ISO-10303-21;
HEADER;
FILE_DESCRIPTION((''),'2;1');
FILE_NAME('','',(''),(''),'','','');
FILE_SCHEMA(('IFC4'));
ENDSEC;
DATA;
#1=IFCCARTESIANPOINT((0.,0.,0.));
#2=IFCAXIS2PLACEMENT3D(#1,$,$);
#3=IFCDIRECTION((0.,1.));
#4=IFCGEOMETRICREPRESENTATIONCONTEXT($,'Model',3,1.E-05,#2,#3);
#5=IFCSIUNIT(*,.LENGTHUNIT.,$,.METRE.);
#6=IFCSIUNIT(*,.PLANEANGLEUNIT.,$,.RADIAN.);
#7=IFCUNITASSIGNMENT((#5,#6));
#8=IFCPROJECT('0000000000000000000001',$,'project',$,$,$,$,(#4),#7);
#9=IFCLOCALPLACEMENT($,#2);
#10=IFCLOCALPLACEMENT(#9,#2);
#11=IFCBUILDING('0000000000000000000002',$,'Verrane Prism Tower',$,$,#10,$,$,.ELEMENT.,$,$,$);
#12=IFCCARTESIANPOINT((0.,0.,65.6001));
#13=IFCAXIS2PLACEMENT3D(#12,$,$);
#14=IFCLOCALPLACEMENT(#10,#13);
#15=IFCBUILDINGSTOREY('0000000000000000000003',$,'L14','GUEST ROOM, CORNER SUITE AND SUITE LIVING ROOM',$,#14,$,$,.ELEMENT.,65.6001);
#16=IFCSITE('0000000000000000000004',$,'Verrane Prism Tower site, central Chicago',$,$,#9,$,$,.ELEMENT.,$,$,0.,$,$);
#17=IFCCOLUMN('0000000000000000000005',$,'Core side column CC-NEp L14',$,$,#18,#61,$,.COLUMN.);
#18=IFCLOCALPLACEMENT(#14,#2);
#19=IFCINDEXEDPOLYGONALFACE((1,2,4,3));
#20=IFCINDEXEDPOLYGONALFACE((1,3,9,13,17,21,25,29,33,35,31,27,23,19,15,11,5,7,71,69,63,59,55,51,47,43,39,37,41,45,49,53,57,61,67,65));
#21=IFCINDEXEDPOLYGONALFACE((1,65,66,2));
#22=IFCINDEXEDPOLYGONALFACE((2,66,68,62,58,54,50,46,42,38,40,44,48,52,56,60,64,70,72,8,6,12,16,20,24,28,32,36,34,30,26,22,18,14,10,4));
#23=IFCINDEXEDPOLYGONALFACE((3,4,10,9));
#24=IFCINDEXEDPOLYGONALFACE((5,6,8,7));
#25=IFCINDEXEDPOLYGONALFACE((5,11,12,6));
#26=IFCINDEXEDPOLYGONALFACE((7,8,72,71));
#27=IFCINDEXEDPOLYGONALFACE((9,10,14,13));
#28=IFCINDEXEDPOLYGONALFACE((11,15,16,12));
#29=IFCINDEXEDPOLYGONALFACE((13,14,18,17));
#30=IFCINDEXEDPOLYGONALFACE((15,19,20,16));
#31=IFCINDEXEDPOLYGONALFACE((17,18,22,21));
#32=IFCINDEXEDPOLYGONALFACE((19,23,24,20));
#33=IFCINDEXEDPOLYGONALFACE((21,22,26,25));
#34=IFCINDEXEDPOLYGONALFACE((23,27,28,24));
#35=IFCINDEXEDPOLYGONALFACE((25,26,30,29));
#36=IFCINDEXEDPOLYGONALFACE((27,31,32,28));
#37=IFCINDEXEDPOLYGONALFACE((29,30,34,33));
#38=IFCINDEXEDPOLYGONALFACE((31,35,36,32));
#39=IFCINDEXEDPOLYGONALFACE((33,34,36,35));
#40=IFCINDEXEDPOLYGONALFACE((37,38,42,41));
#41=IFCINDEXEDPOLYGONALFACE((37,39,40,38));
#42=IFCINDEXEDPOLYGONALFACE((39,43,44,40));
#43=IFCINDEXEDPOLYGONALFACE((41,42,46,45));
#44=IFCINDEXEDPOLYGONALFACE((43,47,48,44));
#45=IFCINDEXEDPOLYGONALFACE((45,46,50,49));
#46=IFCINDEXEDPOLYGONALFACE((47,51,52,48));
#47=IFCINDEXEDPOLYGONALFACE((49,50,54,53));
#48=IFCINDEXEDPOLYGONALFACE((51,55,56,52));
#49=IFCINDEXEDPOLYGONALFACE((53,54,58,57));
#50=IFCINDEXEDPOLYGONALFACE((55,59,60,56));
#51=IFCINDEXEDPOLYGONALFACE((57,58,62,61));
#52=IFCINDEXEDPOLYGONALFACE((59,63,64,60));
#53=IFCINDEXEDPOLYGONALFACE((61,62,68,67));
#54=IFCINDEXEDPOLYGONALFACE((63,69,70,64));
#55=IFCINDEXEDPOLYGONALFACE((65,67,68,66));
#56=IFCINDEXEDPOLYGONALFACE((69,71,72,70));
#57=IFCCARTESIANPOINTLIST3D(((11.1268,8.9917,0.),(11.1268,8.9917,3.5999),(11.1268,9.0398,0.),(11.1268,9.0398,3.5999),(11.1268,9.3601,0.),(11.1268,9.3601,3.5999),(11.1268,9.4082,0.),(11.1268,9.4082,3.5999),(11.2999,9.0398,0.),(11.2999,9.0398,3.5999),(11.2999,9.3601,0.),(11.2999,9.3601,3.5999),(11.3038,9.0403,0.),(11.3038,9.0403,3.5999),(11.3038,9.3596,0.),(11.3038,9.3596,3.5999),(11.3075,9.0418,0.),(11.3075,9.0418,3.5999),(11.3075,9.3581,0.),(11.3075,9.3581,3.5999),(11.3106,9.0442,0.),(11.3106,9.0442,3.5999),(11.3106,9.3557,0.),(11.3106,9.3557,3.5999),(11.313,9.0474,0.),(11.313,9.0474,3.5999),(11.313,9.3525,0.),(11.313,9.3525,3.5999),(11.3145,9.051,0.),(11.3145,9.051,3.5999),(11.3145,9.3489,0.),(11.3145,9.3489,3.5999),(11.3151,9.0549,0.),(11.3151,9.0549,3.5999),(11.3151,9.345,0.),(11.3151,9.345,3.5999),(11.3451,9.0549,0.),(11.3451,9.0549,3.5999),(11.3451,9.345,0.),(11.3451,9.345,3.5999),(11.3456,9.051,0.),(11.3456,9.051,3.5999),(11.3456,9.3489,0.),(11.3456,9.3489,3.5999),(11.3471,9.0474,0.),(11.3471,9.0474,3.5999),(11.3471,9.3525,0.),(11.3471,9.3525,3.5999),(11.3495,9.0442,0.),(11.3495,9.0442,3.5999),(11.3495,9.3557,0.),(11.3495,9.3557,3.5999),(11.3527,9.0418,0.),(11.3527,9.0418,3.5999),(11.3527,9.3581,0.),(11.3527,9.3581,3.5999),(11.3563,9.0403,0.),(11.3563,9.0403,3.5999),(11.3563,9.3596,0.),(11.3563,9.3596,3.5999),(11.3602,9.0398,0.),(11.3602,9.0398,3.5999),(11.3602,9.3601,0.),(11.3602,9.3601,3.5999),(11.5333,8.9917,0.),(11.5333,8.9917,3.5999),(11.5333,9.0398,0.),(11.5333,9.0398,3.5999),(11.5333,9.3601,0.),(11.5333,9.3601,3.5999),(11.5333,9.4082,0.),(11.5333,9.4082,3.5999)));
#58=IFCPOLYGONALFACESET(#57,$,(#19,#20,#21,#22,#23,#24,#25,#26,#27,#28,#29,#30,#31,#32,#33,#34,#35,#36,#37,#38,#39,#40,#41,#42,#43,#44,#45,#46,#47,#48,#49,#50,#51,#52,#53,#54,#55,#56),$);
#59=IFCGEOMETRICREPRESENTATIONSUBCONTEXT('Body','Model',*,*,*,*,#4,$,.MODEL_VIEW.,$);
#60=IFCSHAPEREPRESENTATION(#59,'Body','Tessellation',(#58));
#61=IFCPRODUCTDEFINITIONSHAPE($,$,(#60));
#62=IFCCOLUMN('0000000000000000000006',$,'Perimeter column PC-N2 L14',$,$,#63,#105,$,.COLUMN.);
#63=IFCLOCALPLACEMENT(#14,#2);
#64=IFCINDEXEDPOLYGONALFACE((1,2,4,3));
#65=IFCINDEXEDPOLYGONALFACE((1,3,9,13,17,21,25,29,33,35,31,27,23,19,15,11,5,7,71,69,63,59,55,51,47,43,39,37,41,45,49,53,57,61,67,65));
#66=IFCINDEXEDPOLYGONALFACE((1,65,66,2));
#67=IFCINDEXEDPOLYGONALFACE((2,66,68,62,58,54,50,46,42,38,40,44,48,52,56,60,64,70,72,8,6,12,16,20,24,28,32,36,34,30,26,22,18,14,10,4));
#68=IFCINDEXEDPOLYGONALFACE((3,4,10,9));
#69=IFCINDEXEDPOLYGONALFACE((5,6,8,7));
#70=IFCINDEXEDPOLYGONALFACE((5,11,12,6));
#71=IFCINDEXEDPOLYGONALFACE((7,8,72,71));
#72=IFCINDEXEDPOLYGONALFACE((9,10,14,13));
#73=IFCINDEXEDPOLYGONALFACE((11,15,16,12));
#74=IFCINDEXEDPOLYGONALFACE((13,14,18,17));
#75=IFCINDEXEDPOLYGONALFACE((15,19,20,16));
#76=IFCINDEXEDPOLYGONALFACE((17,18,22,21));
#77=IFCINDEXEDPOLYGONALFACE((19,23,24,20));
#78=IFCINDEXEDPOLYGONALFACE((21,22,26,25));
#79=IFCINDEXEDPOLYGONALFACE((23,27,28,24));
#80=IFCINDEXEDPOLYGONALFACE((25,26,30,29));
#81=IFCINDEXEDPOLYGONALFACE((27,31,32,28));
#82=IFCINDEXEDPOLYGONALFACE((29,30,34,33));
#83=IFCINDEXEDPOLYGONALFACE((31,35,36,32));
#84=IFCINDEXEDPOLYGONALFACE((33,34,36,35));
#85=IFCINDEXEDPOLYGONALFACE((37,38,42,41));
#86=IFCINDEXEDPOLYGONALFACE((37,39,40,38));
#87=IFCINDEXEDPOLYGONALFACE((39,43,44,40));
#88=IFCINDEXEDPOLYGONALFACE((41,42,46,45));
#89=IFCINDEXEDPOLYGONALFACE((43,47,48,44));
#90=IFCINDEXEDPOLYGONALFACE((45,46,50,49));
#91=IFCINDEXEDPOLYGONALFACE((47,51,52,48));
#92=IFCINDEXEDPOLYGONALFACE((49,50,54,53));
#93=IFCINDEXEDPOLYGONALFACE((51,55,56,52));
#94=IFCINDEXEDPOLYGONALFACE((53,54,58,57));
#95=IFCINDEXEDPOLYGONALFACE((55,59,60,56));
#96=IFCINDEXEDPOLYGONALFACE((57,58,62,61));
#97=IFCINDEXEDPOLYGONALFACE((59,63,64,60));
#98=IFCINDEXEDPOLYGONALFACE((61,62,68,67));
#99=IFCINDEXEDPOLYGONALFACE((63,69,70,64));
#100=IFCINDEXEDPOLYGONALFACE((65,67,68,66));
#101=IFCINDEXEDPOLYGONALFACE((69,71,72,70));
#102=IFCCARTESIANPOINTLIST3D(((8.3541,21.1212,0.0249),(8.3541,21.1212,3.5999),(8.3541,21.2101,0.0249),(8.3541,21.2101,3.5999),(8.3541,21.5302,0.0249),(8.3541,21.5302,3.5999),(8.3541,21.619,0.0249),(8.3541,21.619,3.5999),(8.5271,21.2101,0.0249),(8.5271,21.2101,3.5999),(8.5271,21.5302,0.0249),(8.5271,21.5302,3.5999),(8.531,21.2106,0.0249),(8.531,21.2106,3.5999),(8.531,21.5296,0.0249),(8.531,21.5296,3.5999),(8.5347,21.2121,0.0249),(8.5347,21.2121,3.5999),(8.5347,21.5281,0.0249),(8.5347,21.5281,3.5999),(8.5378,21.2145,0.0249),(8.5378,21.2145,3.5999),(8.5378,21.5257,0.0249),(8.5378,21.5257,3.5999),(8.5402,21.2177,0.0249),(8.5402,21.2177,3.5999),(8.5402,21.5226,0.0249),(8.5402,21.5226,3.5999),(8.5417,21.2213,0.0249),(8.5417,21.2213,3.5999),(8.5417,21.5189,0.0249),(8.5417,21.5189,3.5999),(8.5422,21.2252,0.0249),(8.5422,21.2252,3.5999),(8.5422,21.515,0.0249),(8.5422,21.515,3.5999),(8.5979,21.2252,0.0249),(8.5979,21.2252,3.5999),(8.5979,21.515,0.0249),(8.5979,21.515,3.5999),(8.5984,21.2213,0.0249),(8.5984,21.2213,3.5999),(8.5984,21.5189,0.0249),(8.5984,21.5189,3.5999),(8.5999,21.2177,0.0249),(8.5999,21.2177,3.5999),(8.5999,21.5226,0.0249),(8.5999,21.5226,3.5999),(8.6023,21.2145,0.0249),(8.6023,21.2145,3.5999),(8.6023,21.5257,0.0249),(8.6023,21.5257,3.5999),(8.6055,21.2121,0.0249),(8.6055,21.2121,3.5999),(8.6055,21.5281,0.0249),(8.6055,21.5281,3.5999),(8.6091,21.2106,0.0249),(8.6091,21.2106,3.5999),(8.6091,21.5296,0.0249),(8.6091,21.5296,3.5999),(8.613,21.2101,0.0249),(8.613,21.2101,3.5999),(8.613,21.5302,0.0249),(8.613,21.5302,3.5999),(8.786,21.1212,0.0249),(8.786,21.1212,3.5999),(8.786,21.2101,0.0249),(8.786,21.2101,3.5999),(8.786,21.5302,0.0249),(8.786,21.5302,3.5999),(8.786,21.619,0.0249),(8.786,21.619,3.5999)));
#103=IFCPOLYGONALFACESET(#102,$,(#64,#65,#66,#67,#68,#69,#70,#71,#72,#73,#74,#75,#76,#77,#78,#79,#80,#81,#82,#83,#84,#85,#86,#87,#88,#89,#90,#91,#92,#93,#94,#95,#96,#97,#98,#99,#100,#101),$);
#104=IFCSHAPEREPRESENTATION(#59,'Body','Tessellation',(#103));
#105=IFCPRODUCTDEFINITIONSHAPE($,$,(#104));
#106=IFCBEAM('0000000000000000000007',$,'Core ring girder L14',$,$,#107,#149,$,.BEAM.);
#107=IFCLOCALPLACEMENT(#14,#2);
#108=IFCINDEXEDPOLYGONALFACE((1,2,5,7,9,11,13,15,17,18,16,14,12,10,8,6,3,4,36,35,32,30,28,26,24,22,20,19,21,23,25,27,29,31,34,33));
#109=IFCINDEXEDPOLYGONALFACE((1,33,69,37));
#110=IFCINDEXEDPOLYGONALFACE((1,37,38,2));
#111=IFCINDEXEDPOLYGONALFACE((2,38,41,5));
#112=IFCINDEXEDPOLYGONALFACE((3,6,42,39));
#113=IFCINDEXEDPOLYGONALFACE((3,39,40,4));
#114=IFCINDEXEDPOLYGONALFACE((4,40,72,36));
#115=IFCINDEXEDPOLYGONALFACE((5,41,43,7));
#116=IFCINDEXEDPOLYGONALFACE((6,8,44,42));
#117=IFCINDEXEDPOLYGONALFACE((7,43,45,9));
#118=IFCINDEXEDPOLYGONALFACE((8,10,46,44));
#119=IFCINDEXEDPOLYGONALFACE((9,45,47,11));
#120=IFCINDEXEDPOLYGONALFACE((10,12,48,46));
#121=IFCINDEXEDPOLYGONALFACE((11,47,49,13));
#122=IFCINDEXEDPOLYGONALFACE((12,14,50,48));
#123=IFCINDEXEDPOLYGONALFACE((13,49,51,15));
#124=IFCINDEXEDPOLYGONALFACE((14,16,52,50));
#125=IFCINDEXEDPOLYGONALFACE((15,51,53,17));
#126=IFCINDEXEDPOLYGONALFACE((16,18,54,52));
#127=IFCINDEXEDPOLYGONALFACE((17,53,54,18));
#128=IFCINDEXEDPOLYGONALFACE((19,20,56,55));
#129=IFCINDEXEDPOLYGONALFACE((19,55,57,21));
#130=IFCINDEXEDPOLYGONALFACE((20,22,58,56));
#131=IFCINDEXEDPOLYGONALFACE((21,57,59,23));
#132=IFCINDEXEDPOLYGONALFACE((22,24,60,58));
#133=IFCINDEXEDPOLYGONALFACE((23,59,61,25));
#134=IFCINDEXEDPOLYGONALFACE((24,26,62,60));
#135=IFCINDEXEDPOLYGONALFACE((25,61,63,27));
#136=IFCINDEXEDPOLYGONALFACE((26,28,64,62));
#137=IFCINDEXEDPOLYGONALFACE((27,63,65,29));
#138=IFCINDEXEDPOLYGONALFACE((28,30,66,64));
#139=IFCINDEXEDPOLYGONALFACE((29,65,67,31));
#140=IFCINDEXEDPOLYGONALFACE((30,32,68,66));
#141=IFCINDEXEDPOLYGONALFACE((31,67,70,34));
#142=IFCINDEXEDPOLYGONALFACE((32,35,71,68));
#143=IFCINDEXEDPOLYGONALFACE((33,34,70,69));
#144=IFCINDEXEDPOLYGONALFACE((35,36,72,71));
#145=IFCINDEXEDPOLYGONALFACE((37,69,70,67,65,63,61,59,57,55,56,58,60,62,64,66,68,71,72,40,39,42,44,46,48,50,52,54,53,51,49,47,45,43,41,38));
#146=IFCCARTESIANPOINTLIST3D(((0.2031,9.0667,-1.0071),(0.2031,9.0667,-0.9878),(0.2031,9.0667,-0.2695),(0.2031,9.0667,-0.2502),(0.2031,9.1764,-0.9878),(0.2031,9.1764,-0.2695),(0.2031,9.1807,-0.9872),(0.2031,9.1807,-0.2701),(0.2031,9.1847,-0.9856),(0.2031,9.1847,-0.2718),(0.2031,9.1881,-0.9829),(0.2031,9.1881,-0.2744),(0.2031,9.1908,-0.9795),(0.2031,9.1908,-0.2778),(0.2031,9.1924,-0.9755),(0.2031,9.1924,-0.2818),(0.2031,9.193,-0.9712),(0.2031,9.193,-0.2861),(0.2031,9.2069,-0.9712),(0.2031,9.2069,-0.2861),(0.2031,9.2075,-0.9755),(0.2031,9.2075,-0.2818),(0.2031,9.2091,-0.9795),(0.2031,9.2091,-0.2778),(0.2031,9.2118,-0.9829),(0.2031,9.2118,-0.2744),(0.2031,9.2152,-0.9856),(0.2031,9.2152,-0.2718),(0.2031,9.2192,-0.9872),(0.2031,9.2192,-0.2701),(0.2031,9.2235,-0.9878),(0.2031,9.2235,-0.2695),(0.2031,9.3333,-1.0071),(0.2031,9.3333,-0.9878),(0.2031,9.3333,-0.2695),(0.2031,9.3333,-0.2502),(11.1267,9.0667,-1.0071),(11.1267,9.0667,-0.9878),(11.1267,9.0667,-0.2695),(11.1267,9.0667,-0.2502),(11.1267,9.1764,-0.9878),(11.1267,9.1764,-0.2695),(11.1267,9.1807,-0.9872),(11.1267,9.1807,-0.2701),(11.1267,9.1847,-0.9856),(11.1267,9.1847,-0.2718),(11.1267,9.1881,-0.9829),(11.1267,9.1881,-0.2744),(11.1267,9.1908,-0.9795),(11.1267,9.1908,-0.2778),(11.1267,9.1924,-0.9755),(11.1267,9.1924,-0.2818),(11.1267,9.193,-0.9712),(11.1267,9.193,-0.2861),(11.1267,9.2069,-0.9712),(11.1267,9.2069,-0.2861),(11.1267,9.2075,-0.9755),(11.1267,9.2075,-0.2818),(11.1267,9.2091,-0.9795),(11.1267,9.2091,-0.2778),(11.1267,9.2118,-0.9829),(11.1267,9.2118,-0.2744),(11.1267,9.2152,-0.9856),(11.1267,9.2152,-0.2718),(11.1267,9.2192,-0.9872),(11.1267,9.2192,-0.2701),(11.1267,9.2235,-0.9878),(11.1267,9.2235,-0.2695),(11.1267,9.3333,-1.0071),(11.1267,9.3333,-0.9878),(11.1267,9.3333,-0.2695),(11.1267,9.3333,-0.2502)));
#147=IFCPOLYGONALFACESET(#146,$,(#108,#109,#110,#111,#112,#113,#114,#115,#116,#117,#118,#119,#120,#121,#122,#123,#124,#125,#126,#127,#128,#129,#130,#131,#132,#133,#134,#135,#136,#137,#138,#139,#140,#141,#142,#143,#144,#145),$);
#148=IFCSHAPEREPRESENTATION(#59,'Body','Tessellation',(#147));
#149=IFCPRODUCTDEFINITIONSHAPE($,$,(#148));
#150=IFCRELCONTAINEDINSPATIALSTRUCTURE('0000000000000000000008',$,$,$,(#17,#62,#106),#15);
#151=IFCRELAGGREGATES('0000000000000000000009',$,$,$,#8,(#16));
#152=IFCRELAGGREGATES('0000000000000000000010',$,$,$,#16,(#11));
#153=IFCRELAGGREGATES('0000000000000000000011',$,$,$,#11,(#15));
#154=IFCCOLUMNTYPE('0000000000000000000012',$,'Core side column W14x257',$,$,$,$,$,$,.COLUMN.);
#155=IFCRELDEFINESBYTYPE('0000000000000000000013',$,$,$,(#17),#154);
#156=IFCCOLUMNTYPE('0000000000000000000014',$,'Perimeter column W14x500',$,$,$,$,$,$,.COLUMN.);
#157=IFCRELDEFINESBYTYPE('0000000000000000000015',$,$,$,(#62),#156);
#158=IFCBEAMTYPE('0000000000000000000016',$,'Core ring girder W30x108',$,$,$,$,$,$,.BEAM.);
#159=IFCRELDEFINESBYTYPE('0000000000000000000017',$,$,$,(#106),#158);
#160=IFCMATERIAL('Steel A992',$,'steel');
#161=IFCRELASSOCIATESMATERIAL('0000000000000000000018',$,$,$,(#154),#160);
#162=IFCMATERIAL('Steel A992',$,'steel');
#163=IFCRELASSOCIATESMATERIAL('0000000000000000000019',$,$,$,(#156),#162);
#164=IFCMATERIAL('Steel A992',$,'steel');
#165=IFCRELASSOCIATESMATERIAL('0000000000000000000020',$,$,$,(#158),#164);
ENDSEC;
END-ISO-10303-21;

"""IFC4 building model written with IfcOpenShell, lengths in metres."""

from ifc_helpers import new_model, si_unit, direction, frame, origin, origin_2d, place, context, subcontext, project, spatial, i_section, extrude, material, material_profile, profile_set, type_object, element, save


model = new_model("IFC4")

# Units and contexts
model_context = context("Model", 3, precision=1e-05, world=origin(), true_north=direction((0.0, 1.0)))
body_context = subcontext(model_context, "Body", "Model", "MODEL_VIEW")
ifc_project = project(units=[si_unit("LENGTHUNIT", "METRE"), si_unit("PLANEANGLEUNIT", "RADIAN")], contexts=[model_context])

# Site, building, storey
site_placement = place(None, origin())
site = spatial("IfcSite", under=ifc_project, at=site_placement, Name="Verrane Prism Tower site, central Chicago", CompositionType="ELEMENT", RefElevation=0.0)
building_placement = place(site_placement, origin())
building = spatial("IfcBuilding", under=site, at=building_placement, Name="Verrane Prism Tower", CompositionType="ELEMENT")
storey_placement = place(building_placement, frame((0.0, 0.0, 65.6001)))
storey = spatial("IfcBuildingStorey", under=building, at=storey_placement, Name="L14", Description="GUEST ROOM, CORNER SUITE AND SUITE LIVING ROOM", CompositionType="ELEMENT", Elevation=65.6001)

# Columns
ifc_material_1 = material(Name="Steel A992", Category="steel")
ifc_material_profile_1 = material_profile(ifc_material_1, i_section(OverallWidth=0.4065, OverallDepth=0.4165, WebThickness=0.03, FlangeThickness=0.0481, FilletRadius=0.0151, at=origin_2d()), Name="W14x257")
ifc_profile_set_1 = profile_set([ifc_material_profile_1], Name="Steel A992")
column_type_1 = type_object("IfcColumnType", Name="Core side column W14x257", PredefinedType="COLUMN", material=ifc_profile_set_1)
column_1_placement = place(storey_placement, frame((11.3301, 9.2, 0.0), z_axis=(0.0, 0.0, 1.0), x_axis=(1.0, 0.0, 0.0)))
element("IfcColumn", 1, at=column_1_placement, inside=storey, type_object=column_type_1, Name="Core side column CC-NEp L14", PredefinedType="COLUMN", context=body_context, shape_type="SweptSolid", body=[
    extrude(i_section(OverallWidth=0.4065, OverallDepth=0.4165, WebThickness=0.03, FlangeThickness=0.0481, FilletRadius=0.0151, at=origin_2d()), origin(), (0.0, 0.0, 1.0), 3.5999),
])
ifc_material_2 = material(Name="Steel A992", Category="steel")
ifc_material_profile_2 = material_profile(ifc_material_2, i_section(OverallWidth=0.4319, OverallDepth=0.4978, WebThickness=0.0557, FlangeThickness=0.0889, FilletRadius=0.0151, at=origin_2d()), Name="W14x500")
ifc_profile_set_2 = profile_set([ifc_material_profile_2], Name="Steel A992")
column_type_2 = type_object("IfcColumnType", Name="Perimeter column W14x500", PredefinedType="COLUMN", material=ifc_profile_set_2)
column_2_placement = place(storey_placement, frame((8.5701, 21.3701, 0.0249), z_axis=(0.0, 0.0, 1.0), x_axis=(1.0, 0.0, 0.0)))
element("IfcColumn", 2, at=column_2_placement, inside=storey, type_object=column_type_2, Name="Perimeter column PC-N2 L14", PredefinedType="COLUMN", context=body_context, shape_type="SweptSolid", body=[
    extrude(i_section(OverallWidth=0.4319, OverallDepth=0.4978, WebThickness=0.0557, FlangeThickness=0.0889, FilletRadius=0.0151, at=origin_2d()), origin(), (0.0, 0.0, 1.0), 3.575),
])

# Beam
ifc_material_3 = material(Name="Steel A992", Category="steel")
ifc_material_profile_3 = material_profile(ifc_material_3, i_section(OverallWidth=0.2666, OverallDepth=0.7568, WebThickness=0.0139, FlangeThickness=0.0193, FilletRadius=0.0166, at=origin_2d()), Name="W30x108")
ifc_profile_set_3 = profile_set([ifc_material_profile_3], Name="Steel A992")
beam_type_1 = type_object("IfcBeamType", Name="Core ring girder W30x108", PredefinedType="BEAM", material=ifc_profile_set_3)
beam_1_placement = place(storey_placement, frame((11.1267, 9.2, -0.6287), z_axis=(-1.0, 0.0, 0.0), x_axis=(0.0, -1.0, 0.0)))
element("IfcBeam", 3, at=beam_1_placement, inside=storey, type_object=beam_type_1, Name="Core ring girder L14", PredefinedType="BEAM", context=body_context, shape_type="SweptSolid", body=[
    extrude(i_section(OverallWidth=0.2666, OverallDepth=0.7568, WebThickness=0.0139, FlangeThickness=0.0193, FilletRadius=0.0166, at=origin_2d()), origin(), (0.0, 0.0, 1.0), 10.9236),
])

save(model, "model.ifc")
